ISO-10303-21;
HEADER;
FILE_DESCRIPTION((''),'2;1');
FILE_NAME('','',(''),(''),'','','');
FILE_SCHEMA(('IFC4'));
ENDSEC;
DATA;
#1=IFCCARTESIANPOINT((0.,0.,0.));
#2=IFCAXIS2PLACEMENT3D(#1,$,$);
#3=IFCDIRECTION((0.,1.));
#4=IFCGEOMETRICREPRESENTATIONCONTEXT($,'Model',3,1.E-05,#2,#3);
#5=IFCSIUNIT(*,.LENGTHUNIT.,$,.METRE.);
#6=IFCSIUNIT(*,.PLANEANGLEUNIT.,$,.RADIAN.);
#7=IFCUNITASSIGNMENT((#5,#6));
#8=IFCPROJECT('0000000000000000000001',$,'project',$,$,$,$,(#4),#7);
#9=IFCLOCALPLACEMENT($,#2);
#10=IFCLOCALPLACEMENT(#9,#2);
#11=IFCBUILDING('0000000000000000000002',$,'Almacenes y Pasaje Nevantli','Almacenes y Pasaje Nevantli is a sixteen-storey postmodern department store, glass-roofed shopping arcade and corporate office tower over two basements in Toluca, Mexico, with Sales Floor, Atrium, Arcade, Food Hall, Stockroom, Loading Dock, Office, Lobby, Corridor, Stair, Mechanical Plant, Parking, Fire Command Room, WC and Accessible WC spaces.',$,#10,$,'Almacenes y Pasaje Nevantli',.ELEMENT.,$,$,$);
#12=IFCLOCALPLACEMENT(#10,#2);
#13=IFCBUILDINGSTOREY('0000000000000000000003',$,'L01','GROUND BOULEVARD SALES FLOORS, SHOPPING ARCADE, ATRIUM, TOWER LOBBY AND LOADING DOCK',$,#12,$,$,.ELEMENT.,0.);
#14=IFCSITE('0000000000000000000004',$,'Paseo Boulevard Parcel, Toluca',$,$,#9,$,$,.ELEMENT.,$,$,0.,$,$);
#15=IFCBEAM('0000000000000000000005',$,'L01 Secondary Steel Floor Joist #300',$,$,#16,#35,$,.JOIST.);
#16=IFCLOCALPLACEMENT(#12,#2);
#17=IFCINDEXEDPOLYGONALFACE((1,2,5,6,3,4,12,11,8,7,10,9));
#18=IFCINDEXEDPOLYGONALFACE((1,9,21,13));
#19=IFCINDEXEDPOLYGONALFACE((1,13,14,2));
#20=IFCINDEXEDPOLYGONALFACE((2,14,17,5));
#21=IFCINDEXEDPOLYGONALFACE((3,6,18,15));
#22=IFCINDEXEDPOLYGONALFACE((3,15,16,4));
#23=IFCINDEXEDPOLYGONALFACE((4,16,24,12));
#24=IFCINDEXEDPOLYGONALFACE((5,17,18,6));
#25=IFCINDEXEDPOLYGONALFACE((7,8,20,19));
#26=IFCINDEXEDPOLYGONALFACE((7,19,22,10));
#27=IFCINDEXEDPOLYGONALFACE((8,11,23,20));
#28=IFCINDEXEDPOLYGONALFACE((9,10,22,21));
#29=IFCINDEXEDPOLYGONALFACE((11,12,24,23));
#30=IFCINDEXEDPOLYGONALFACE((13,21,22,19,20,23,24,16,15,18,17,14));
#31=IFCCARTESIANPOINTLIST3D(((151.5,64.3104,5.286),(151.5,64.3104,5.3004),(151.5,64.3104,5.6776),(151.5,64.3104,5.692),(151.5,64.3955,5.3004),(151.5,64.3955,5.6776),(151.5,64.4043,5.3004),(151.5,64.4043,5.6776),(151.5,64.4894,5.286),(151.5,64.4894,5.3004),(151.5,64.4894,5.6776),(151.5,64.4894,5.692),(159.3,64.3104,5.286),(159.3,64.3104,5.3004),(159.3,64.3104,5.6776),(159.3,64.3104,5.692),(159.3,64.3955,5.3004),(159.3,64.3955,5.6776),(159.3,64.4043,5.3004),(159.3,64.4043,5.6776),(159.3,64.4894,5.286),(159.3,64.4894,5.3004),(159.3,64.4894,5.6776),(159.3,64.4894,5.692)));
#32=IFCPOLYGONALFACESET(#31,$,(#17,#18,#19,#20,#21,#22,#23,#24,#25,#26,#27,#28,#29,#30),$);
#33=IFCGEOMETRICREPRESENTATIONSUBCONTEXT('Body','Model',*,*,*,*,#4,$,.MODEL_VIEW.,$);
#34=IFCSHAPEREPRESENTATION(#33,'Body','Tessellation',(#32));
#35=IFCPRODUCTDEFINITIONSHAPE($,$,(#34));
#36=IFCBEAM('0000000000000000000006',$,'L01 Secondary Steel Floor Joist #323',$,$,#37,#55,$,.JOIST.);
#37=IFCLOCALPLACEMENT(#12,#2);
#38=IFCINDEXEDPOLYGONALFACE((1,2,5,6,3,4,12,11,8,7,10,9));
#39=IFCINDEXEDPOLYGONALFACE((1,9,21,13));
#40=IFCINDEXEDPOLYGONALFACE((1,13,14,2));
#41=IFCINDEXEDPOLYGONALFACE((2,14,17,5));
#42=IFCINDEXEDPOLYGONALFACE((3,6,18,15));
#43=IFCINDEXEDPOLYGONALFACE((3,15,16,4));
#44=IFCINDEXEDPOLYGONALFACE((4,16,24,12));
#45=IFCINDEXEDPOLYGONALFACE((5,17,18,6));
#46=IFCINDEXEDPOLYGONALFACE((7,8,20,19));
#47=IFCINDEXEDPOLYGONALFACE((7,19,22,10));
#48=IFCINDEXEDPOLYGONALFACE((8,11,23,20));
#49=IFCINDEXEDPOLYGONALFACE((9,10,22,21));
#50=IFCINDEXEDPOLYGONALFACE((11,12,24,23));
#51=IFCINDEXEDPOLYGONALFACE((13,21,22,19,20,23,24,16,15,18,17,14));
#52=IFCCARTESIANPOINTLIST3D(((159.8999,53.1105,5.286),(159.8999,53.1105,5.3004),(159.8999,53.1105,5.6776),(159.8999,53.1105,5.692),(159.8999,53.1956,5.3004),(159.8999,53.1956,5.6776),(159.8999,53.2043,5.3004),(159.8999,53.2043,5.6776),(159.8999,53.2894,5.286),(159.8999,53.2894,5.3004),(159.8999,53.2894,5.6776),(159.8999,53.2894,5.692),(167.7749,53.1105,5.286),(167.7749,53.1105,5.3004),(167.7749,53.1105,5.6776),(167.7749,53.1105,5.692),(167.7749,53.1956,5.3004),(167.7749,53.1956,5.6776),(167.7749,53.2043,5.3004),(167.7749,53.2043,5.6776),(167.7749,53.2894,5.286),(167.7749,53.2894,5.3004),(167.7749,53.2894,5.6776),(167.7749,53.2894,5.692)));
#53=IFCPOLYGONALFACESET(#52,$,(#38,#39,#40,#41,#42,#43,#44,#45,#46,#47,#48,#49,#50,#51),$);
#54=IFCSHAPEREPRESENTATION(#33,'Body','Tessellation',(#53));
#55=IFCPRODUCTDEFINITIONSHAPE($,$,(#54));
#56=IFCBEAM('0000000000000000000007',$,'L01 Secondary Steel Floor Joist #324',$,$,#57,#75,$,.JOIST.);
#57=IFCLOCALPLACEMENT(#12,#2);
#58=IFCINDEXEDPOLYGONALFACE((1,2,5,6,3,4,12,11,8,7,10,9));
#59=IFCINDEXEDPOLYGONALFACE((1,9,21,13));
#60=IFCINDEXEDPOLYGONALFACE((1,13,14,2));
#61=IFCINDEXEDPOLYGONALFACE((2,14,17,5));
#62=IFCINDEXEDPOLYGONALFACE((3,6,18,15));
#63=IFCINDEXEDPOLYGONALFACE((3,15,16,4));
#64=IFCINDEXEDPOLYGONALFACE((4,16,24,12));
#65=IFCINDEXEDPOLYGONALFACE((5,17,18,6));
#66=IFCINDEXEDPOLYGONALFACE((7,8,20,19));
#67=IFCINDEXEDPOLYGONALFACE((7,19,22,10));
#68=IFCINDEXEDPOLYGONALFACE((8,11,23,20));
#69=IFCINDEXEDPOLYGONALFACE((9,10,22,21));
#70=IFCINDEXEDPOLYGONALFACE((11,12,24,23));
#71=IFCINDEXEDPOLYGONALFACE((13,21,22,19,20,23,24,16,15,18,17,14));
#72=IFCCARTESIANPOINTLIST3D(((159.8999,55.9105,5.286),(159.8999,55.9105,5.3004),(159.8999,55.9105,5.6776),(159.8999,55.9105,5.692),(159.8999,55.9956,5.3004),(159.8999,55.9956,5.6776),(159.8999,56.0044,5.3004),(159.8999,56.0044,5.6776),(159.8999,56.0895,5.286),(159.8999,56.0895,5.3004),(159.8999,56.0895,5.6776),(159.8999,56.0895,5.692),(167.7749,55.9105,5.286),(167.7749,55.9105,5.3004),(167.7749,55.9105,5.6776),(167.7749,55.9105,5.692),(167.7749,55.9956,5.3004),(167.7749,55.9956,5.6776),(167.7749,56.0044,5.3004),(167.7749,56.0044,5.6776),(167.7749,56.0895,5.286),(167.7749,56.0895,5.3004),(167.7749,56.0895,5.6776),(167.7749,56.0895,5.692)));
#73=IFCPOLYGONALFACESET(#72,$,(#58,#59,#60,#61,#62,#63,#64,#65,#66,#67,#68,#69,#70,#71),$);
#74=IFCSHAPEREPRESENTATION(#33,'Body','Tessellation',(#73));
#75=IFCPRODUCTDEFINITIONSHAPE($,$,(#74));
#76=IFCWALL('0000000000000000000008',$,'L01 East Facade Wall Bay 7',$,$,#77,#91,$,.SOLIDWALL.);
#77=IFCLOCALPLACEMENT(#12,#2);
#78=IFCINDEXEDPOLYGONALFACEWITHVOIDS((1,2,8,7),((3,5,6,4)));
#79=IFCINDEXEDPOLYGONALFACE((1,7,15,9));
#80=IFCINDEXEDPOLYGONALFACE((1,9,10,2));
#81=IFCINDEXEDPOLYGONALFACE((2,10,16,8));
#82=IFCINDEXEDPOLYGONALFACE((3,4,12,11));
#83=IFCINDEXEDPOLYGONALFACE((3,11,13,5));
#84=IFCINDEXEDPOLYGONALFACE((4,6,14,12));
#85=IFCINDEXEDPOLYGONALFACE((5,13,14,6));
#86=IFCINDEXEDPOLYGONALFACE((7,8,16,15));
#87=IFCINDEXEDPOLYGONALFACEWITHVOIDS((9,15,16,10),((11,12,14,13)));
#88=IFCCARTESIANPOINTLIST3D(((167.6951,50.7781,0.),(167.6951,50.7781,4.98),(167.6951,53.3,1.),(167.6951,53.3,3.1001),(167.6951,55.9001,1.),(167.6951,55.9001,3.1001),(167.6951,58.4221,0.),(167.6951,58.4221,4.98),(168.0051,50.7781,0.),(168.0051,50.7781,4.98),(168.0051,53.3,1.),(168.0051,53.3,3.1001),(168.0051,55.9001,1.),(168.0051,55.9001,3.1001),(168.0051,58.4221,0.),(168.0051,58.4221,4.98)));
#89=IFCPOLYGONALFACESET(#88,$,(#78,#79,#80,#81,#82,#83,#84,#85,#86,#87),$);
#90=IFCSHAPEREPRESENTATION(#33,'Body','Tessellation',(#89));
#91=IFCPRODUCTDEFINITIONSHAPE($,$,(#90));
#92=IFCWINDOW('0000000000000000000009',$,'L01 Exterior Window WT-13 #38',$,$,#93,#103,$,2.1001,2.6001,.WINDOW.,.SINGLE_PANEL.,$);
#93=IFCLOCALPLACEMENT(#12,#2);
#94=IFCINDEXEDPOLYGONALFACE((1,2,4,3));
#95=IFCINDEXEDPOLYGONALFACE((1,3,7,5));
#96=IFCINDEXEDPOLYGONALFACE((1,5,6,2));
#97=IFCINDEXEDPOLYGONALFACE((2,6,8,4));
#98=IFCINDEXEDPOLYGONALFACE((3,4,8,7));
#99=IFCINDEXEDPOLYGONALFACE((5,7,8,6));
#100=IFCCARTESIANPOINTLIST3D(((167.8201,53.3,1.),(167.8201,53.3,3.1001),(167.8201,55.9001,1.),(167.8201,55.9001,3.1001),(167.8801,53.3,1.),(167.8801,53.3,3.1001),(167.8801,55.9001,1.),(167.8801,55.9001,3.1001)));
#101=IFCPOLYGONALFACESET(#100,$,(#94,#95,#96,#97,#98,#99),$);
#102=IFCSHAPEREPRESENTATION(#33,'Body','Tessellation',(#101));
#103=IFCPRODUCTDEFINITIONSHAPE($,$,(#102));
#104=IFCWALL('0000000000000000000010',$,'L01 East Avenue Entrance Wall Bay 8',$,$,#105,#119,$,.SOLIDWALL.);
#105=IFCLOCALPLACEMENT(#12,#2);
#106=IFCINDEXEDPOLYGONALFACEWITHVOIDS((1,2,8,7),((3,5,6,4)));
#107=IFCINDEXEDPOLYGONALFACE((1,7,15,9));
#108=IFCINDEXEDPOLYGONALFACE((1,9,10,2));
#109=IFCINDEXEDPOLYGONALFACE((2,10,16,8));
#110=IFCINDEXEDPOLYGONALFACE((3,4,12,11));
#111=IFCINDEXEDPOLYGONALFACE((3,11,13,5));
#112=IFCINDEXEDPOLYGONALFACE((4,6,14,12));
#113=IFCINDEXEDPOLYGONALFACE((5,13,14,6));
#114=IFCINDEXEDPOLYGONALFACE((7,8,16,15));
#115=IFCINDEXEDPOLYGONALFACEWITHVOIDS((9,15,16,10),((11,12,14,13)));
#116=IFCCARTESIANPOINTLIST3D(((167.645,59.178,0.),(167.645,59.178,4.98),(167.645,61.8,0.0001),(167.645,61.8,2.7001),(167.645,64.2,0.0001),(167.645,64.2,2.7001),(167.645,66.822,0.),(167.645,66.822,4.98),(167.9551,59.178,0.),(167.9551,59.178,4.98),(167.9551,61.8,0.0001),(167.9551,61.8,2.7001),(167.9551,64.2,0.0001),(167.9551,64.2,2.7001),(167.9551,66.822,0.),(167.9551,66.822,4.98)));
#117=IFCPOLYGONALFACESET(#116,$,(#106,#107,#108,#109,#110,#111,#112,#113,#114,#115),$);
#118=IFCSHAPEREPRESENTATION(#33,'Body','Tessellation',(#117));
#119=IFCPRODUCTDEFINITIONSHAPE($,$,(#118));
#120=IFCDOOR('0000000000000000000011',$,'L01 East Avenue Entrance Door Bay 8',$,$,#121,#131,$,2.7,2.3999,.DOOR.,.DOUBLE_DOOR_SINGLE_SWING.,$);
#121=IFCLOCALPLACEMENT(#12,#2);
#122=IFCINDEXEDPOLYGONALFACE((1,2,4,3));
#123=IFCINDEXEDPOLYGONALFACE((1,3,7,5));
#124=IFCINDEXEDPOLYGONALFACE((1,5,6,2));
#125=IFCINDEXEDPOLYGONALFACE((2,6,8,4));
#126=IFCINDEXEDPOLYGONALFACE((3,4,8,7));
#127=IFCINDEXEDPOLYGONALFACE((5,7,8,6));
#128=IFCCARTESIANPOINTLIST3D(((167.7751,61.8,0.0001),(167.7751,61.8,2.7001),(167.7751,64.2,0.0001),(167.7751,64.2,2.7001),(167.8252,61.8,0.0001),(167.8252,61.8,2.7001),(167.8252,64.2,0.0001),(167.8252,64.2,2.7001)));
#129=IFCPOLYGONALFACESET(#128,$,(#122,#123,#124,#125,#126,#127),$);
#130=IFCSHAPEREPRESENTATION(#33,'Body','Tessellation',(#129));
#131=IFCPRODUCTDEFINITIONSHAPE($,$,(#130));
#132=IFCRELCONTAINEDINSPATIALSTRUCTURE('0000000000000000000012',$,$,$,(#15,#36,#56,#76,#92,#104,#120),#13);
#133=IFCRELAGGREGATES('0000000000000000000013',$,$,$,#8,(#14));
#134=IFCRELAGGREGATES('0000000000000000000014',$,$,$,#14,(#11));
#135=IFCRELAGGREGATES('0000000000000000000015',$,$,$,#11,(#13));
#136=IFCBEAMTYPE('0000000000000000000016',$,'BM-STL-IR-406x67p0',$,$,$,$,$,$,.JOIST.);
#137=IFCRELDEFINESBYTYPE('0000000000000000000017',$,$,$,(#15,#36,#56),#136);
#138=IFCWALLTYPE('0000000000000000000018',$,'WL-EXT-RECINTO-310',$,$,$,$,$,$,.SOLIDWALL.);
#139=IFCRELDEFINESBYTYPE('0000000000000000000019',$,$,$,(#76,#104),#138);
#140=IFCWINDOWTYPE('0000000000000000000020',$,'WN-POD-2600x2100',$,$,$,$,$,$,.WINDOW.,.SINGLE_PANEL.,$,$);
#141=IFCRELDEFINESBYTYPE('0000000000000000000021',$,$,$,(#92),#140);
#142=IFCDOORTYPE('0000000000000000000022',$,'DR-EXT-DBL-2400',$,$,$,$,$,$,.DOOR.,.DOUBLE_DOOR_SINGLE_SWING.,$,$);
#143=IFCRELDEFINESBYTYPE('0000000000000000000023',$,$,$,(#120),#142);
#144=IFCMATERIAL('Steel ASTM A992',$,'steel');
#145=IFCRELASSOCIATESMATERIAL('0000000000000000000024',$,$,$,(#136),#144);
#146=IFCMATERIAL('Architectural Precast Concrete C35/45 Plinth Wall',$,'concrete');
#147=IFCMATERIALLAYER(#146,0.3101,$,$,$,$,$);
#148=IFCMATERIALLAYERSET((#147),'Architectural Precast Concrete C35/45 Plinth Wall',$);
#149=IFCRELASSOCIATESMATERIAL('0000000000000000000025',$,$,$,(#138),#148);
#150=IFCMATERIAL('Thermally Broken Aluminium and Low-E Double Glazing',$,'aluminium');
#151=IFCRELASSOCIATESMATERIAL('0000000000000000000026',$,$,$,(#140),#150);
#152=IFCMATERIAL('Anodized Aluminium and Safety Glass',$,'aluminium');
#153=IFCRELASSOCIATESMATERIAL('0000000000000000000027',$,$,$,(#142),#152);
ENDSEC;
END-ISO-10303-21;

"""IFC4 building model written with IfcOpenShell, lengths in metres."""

from ifc_helpers import new_model, si_unit, direction, frame, frame_2d, origin, origin_2d, place, context, subcontext, project, spatial, rectangle, i_section, extrude, material, layer, layer_set, material_profile, profile_set, type_object, element, fill, save


model = new_model("IFC4")

# Units and contexts
model_context = context("Model", 3, precision=1e-05, world=origin(), true_north=direction((0.0, 1.0)))
body_context = subcontext(model_context, "Body", "Model", "MODEL_VIEW")
ifc_project = project(units=[si_unit("LENGTHUNIT", "METRE"), si_unit("PLANEANGLEUNIT", "RADIAN")], contexts=[model_context])

# Site, building, storey
site_placement = place(None, origin())
site = spatial("IfcSite", under=ifc_project, at=site_placement, Name="Paseo Boulevard Parcel, Toluca", CompositionType="ELEMENT", RefElevation=0.0)
building_placement = place(site_placement, origin())
building = spatial("IfcBuilding", under=site, at=building_placement, Name="Almacenes y Pasaje Nevantli", Description="Almacenes y Pasaje Nevantli is a sixteen-storey postmodern department store, glass-roofed shopping arcade and corporate office tower over two basements in Toluca, Mexico, with Sales Floor, Atrium, Arcade, Food Hall, Stockroom, Loading Dock, Office, Lobby, Corridor, Stair, Mechanical Plant, Parking, Fire Command Room, WC and Accessible WC spaces.", LongName="Almacenes y Pasaje Nevantli", CompositionType="ELEMENT")
storey_placement = place(building_placement, origin())
storey = spatial("IfcBuildingStorey", under=building, at=storey_placement, Name="L01", Description="GROUND BOULEVARD SALES FLOORS, SHOPPING ARCADE, ATRIUM, TOWER LOBBY AND LOADING DOCK", CompositionType="ELEMENT", Elevation=0.0)

# Beams
ifc_material_1 = material(Name="Steel ASTM A992", Category="steel")
ifc_material_profile_1 = material_profile(ifc_material_1, i_section(OverallWidth=0.179, OverallDepth=0.406, WebThickness=0.0088, FlangeThickness=0.0144, at=origin_2d()), Name="IR 406x67.0")
ifc_profile_set_1 = profile_set([ifc_material_profile_1], Name="Steel ASTM A992")
beam_type_1 = type_object("IfcBeamType", Name="BM-STL-IR-406x67p0", PredefinedType="JOIST", material=ifc_profile_set_1)
for number, where, z_axis, x_axis, name in (
    (1, (151.5, 64.3999, 5.489), (1.0, 0.0, 0.0), (0.0, 1.0, 0.0), "L01 Secondary Steel Floor Joist #300"),
):
    element("IfcBeam", number, at=place(storey_placement, frame(where, z_axis=z_axis, x_axis=x_axis)), inside=storey, type_object=beam_type_1, Name=name, PredefinedType="JOIST", context=body_context, shape_type="SweptSolid", body=[
        extrude(i_section(OverallWidth=0.179, OverallDepth=0.406, WebThickness=0.0088, FlangeThickness=0.0144, at=origin_2d()), origin(), (0.0, 0.0, 1.0), 7.8),
    ])
for number, where, z_axis, x_axis, name in (
    (2, (159.8999, 53.2, 5.489), (1.0, 0.0, 0.0), (0.0, 1.0, 0.0), "L01 Secondary Steel Floor Joist #323"),
    (3, (159.8999, 56.0, 5.489), (1.0, 0.0, 0.0), (0.0, 1.0, 0.0), "L01 Secondary Steel Floor Joist #324"),
):
    element("IfcBeam", number, at=place(storey_placement, frame(where, z_axis=z_axis, x_axis=x_axis)), inside=storey, type_object=beam_type_1, Name=name, PredefinedType="JOIST", context=body_context, shape_type="SweptSolid", body=[
        extrude(i_section(OverallWidth=0.179, OverallDepth=0.406, WebThickness=0.0088, FlangeThickness=0.0144, at=origin_2d()), origin(), (0.0, 0.0, 1.0), 7.875),
    ])

# Wall, opening, window
ifc_material_2 = material(Name="Architectural Precast Concrete C35/45 Plinth Wall", Category="concrete")
ifc_layer_1 = layer(ifc_material_2, 0.3101)
ifc_layer_set_1 = layer_set([ifc_layer_1], Name="Architectural Precast Concrete C35/45 Plinth Wall")
wall_type = type_object("IfcWallType", Name="WL-EXT-RECINTO-310", PredefinedType="SOLIDWALL", material=ifc_layer_set_1)
wall_1_placement = place(storey_placement, frame((167.8501, 50.7781, 0.0), z_axis=(0.0, 0.0, 1.0), x_axis=(0.0, 1.0, 0.0)))
wall_1 = element("IfcWall", 4, at=wall_1_placement, inside=storey, type_object=wall_type, Name="L01 East Facade Wall Bay 7", PredefinedType="SOLIDWALL", context=body_context, shape_type="SweptSolid", body=[
    extrude(rectangle(XDim=7.644, YDim=0.3101, at=frame_2d((3.822, 0.0))), origin(), (0.0, 0.0, 1.0), 4.98),
])
opening_1_placement = place(wall_1_placement, frame((2.522, 0.0, 1.0)))
opening_1 = element("IfcOpeningElement", 5, at=opening_1_placement, cuts=wall_1, PredefinedType="OPENING", context=body_context, shape_type="SweptSolid", body=[
    extrude(rectangle(XDim=2.6001, YDim=2.1001, at=frame_2d((1.3, 1.05))), frame((0.0, 0.165, 0.0), z_axis=(0.0, -1.0, 0.0), x_axis=(1.0, 0.0, 0.0)), (0.0, 0.0, 1.0), 0.3301),
])
ifc_material_3 = material(Name="Thermally Broken Aluminium and Low-E Double Glazing", Category="aluminium")
window_type = type_object("IfcWindowType", Name="WN-POD-2600x2100", PartitioningType="SINGLE_PANEL", PredefinedType="WINDOW", material=ifc_material_3)
window_placement = place(opening_1_placement, origin())
window = element("IfcWindow", 6, at=window_placement, inside=storey, type_object=window_type, Name="L01 Exterior Window WT-13 #38", OverallHeight=2.1001, OverallWidth=2.6001, PartitioningType="SINGLE_PANEL", PredefinedType="WINDOW", context=body_context, shape_type="SweptSolid", body=[
    extrude(rectangle(XDim=2.6001, YDim=2.1001, at=frame_2d((1.3, 1.05))), frame((0.0, 0.03, 0.0), z_axis=(0.0, -1.0, 0.0), x_axis=(1.0, 0.0, 0.0)), (0.0, 0.0, 1.0), 0.0601),
])
fill(opening_1, window)

# Wall, opening, door
wall_2_placement = place(storey_placement, frame((167.8, 59.178, 0.0), z_axis=(0.0, 0.0, 1.0), x_axis=(0.0, 1.0, 0.0)))
wall_2 = element("IfcWall", 7, at=wall_2_placement, inside=storey, type_object=wall_type, Name="L01 East Avenue Entrance Wall Bay 8", PredefinedType="SOLIDWALL", context=body_context, shape_type="SweptSolid", body=[
    extrude(rectangle(XDim=7.644, YDim=0.3101, at=frame_2d((3.822, 0.0))), origin(), (0.0, 0.0, 1.0), 4.98),
])
opening_2_placement = place(wall_2_placement, frame((2.6221, 0.0, 0.0)))
opening_2 = element("IfcOpeningElement", 8, at=opening_2_placement, cuts=wall_2, PredefinedType="OPENING", context=body_context, shape_type="SweptSolid", body=[
    extrude(rectangle(XDim=2.3999, YDim=2.7, at=frame_2d((1.2, 1.3501))), frame((0.0, 0.165, 0.0), z_axis=(0.0, -1.0, 0.0), x_axis=(1.0, 0.0, 0.0)), (0.0, 0.0, 1.0), 0.3301),
])
ifc_material_4 = material(Name="Anodized Aluminium and Safety Glass", Category="aluminium")
door_type = type_object("IfcDoorType", Name="DR-EXT-DBL-2400", OperationType="DOUBLE_DOOR_SINGLE_SWING", PredefinedType="DOOR", material=ifc_material_4)
door_placement = place(opening_2_placement, origin())
door = element("IfcDoor", 9, at=door_placement, inside=storey, type_object=door_type, Name="L01 East Avenue Entrance Door Bay 8", OperationType="DOUBLE_DOOR_SINGLE_SWING", OverallHeight=2.7, OverallWidth=2.3999, PredefinedType="DOOR", context=body_context, shape_type="SweptSolid", body=[
    extrude(rectangle(XDim=2.3999, YDim=2.7, at=frame_2d((1.2, 1.3501))), frame((0.0, 0.0249, 0.0), z_axis=(0.0, -1.0, 0.0), x_axis=(1.0, 0.0, 0.0)), (0.0, 0.0, 1.0), 0.05),
])
fill(opening_2, door)

save(model, "model.ifc")
